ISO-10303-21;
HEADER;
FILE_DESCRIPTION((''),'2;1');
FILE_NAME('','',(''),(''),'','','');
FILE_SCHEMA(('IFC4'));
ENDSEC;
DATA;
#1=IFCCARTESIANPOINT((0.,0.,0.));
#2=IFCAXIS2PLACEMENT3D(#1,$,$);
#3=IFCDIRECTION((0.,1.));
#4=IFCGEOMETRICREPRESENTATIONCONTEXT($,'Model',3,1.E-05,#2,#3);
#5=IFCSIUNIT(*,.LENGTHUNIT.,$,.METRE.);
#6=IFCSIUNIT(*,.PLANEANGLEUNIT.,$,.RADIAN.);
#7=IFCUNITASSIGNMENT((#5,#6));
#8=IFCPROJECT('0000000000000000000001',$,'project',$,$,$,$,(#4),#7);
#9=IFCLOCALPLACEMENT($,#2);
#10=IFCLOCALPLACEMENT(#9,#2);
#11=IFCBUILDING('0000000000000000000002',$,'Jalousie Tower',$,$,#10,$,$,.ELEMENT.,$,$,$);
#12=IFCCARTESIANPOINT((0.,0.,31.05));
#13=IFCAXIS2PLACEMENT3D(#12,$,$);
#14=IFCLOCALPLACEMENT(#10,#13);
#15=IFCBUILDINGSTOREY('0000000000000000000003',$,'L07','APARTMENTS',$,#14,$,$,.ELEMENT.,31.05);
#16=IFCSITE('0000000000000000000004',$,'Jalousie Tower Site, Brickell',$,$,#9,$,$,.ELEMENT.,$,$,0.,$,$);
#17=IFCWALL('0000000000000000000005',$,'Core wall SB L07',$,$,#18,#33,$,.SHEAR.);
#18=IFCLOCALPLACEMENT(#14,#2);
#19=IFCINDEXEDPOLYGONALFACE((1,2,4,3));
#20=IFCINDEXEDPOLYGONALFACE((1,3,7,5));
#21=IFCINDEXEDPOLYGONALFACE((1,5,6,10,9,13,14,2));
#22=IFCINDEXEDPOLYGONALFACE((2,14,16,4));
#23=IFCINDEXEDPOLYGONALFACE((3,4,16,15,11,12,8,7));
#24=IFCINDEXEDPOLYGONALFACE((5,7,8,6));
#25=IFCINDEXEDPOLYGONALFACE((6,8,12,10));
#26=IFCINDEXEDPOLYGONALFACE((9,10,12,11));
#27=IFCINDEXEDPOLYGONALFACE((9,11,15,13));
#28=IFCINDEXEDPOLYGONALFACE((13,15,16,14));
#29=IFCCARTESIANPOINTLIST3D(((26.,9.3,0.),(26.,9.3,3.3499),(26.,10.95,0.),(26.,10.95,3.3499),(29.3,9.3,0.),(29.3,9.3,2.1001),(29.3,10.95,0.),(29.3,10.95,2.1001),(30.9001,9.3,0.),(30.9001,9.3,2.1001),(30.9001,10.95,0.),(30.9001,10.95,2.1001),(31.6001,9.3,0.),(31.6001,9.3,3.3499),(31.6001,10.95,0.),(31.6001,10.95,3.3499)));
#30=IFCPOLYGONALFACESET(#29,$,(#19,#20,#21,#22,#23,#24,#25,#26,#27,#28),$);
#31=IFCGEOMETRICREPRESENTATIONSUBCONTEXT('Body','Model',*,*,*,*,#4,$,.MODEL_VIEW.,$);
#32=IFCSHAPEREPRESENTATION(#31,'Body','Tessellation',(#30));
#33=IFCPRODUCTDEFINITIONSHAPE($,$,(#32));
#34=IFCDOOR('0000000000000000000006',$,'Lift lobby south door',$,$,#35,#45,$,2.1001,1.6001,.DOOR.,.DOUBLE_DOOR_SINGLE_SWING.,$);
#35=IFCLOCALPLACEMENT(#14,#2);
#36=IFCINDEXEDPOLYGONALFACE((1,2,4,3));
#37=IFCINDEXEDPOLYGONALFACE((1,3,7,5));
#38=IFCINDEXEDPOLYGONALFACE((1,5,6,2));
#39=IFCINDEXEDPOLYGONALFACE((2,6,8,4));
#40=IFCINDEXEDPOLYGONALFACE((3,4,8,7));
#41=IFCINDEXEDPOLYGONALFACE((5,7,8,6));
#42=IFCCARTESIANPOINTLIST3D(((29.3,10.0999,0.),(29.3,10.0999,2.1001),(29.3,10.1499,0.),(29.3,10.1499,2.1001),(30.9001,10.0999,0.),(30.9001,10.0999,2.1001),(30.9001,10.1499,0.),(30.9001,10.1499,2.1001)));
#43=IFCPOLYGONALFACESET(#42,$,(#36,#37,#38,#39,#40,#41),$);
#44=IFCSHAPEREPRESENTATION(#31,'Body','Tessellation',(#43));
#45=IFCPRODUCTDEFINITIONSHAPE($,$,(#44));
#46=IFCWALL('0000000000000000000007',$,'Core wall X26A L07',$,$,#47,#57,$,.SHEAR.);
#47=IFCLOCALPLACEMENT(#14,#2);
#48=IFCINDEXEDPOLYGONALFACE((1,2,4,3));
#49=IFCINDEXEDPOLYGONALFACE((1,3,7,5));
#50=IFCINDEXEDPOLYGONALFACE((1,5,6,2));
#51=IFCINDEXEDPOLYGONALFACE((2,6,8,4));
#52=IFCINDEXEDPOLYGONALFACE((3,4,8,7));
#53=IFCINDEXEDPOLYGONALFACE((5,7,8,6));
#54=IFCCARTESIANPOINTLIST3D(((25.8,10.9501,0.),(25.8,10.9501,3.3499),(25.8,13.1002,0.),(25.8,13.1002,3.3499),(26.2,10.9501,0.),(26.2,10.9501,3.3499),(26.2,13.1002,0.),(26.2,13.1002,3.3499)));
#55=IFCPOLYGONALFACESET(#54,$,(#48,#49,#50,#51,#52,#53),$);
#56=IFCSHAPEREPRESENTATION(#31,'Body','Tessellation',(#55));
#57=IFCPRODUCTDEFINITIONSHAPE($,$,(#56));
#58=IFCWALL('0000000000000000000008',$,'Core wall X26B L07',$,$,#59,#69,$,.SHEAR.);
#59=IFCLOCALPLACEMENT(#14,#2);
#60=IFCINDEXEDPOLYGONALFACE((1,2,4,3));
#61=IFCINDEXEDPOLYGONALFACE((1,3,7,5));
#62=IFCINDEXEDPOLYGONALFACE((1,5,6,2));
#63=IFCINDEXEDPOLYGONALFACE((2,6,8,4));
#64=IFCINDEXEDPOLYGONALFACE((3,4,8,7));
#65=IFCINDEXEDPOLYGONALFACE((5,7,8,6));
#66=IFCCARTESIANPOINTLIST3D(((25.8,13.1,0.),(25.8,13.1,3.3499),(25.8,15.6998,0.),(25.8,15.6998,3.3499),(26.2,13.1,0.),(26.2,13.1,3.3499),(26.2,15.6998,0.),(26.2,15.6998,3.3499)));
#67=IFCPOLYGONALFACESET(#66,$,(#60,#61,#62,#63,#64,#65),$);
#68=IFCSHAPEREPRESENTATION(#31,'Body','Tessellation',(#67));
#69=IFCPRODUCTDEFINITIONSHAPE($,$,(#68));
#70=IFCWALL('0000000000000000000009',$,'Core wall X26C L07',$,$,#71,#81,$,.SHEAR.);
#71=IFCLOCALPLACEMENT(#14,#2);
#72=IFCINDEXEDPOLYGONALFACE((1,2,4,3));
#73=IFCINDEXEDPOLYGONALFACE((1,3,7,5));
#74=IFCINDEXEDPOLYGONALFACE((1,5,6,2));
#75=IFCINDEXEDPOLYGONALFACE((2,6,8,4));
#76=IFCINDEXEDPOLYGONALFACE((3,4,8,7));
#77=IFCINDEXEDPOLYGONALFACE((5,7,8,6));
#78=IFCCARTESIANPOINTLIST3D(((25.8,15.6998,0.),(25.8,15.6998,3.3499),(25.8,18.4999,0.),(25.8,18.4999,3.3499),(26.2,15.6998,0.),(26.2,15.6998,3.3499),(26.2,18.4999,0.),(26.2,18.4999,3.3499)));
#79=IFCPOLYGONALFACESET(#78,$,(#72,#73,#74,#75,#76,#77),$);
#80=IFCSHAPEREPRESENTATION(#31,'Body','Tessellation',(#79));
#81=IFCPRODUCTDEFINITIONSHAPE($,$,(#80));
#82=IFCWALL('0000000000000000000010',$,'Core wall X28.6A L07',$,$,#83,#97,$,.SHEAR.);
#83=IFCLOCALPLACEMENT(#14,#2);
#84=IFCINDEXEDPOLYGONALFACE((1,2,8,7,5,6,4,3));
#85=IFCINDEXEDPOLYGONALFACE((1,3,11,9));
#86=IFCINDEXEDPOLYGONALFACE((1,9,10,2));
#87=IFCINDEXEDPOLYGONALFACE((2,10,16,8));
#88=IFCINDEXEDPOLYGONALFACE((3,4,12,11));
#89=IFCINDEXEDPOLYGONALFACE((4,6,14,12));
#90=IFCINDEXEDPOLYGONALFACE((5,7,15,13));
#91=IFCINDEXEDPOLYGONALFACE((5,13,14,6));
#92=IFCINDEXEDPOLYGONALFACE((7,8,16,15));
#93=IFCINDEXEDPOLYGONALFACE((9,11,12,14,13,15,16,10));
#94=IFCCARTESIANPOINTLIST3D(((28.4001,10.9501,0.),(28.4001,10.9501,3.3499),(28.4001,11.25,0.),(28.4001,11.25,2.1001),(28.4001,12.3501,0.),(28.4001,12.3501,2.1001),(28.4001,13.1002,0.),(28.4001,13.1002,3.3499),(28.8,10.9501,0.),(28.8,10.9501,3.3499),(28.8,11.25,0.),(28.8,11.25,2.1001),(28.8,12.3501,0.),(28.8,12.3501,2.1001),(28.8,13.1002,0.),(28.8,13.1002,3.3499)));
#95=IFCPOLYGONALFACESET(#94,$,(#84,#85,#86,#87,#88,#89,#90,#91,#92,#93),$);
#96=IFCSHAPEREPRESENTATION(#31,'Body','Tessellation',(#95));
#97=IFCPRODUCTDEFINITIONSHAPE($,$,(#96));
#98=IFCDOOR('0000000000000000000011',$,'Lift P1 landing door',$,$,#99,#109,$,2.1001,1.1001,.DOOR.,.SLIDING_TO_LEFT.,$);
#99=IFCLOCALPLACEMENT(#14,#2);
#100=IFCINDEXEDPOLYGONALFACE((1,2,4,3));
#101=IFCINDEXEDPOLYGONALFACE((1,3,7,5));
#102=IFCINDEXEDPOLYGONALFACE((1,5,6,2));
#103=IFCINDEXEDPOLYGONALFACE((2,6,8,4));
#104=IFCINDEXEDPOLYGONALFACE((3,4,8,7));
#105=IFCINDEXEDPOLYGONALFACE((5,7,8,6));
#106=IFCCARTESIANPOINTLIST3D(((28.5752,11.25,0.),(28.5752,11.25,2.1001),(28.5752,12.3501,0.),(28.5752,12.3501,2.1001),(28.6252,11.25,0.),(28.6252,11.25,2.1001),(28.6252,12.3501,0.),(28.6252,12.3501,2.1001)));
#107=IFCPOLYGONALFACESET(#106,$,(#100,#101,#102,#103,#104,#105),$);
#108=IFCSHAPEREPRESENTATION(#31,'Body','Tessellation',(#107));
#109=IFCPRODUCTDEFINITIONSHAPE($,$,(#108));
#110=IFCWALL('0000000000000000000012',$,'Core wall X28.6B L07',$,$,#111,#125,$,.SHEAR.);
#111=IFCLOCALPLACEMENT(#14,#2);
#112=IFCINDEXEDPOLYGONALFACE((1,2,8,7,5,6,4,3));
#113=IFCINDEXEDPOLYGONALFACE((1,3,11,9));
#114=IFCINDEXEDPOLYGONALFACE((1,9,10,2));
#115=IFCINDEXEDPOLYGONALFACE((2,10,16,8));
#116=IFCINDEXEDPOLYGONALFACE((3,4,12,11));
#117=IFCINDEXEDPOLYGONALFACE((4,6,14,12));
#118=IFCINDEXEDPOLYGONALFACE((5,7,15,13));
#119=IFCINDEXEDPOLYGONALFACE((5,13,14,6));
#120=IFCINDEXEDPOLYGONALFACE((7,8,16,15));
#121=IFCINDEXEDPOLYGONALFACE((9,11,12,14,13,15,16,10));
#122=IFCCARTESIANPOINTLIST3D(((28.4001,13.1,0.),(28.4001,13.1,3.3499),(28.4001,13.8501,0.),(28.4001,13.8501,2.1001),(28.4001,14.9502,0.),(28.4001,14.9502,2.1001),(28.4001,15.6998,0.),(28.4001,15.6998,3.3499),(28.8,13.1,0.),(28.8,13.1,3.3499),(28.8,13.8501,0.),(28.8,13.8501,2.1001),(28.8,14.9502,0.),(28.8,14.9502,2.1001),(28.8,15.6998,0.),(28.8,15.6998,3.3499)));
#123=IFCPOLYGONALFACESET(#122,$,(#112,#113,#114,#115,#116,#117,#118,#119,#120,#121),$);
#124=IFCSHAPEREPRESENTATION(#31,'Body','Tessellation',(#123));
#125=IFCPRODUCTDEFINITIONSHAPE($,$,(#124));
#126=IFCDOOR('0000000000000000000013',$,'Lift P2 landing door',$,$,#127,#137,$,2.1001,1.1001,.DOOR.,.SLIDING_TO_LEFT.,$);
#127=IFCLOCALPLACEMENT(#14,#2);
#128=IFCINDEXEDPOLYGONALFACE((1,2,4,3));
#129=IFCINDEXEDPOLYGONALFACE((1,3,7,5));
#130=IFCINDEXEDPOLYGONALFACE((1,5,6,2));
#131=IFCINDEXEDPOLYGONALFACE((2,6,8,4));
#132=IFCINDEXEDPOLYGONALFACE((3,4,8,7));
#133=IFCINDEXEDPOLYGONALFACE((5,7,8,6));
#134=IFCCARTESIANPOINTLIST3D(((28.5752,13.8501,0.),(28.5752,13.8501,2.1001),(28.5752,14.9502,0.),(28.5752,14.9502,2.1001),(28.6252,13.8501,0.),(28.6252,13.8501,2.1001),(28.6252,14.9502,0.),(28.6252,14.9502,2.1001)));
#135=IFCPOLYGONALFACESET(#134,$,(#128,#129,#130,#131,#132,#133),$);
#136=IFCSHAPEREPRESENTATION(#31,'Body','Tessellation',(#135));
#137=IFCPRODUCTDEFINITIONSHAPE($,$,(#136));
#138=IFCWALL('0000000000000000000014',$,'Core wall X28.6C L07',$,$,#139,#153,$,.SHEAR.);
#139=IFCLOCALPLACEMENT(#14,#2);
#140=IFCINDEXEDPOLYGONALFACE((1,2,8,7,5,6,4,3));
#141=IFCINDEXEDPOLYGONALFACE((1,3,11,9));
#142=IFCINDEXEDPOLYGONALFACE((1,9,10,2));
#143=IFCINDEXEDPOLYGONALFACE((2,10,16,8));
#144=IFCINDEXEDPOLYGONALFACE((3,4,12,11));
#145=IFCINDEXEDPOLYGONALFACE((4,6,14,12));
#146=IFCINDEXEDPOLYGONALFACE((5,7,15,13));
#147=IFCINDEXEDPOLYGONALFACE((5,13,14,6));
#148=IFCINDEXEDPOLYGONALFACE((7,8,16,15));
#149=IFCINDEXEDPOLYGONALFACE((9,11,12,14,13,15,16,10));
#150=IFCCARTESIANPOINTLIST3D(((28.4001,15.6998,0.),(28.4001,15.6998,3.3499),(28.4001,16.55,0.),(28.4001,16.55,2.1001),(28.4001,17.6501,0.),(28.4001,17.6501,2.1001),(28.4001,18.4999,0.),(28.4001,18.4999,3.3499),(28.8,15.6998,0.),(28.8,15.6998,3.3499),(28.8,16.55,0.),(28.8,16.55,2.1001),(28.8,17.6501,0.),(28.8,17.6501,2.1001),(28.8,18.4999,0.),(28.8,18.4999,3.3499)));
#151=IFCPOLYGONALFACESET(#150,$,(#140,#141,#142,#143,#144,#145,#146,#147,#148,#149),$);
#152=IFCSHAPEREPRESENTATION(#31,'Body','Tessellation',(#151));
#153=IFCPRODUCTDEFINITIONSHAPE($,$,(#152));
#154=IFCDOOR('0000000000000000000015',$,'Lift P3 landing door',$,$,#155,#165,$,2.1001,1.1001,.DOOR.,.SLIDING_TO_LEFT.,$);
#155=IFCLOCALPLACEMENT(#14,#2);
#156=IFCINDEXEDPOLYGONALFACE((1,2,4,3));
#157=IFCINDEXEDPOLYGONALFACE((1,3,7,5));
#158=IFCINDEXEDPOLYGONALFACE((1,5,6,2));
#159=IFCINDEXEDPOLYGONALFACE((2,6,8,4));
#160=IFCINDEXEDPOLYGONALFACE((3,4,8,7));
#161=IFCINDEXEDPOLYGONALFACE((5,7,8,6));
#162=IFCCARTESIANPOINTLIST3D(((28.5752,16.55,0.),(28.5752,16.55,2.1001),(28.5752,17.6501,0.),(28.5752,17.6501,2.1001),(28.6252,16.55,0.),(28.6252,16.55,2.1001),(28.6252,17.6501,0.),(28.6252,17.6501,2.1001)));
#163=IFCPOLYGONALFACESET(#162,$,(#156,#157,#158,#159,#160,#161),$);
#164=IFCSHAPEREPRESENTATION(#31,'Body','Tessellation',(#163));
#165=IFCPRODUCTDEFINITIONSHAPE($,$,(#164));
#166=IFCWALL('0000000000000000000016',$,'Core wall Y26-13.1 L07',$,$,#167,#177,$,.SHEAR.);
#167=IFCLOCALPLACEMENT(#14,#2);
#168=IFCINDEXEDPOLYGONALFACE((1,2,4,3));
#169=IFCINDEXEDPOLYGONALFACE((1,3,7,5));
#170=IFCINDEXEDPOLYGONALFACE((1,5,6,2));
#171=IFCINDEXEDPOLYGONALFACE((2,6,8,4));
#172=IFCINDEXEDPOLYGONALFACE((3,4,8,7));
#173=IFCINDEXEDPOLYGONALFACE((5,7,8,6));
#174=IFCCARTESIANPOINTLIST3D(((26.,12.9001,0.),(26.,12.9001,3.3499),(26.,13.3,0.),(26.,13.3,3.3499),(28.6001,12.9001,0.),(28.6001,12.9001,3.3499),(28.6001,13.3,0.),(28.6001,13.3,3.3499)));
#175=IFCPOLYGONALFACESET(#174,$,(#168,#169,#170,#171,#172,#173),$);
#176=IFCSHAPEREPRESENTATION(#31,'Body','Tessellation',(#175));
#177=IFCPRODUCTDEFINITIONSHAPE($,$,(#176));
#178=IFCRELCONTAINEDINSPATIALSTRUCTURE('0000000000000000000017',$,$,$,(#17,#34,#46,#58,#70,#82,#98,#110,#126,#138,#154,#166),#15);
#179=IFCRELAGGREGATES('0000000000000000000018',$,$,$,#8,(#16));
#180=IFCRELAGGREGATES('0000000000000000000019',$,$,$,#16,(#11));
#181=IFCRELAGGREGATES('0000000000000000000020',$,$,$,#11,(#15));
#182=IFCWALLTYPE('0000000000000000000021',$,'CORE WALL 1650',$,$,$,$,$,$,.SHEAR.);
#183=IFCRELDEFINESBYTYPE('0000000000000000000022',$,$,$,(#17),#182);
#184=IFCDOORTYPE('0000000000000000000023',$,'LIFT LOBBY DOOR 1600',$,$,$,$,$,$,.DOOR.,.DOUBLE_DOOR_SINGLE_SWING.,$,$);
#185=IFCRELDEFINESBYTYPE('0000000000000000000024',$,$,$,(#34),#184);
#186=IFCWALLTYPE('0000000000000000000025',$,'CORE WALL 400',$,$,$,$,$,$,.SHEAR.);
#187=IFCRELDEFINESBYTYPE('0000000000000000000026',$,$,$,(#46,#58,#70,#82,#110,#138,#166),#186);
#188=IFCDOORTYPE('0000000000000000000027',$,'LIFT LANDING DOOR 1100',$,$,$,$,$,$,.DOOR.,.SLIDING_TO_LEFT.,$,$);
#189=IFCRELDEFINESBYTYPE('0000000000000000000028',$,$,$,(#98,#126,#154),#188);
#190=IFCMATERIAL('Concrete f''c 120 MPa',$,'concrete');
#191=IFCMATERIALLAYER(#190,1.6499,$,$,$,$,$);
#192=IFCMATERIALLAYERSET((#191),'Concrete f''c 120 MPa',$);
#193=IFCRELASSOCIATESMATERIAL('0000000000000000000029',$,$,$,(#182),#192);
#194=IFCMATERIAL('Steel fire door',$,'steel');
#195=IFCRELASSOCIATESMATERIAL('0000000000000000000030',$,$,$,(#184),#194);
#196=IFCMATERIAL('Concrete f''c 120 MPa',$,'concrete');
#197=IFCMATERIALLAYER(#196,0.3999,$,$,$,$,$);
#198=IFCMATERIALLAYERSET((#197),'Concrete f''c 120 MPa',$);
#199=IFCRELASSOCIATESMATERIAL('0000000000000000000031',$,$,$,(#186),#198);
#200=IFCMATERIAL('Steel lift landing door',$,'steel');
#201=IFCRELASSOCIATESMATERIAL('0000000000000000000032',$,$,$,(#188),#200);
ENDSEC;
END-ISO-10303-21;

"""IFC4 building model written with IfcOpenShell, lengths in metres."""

from ifc_helpers import new_model, si_unit, direction, frame, frame_2d, origin, place, context, subcontext, project, spatial, rectangle, extrude, material, layer, layer_set, type_object, element, fill, save


model = new_model("IFC4")

# Units and contexts
model_context = context("Model", 3, precision=1e-05, world=origin(), true_north=direction((0.0, 1.0)))
body_context = subcontext(model_context, "Body", "Model", "MODEL_VIEW")
ifc_project = project(units=[si_unit("LENGTHUNIT", "METRE"), si_unit("PLANEANGLEUNIT", "RADIAN")], contexts=[model_context])

# Site, building, storey
site_placement = place(None, origin())
site = spatial("IfcSite", under=ifc_project, at=site_placement, Name="Jalousie Tower Site, Brickell", CompositionType="ELEMENT", RefElevation=0.0)
building_placement = place(site_placement, origin())
building = spatial("IfcBuilding", under=site, at=building_placement, Name="Jalousie Tower", CompositionType="ELEMENT")
storey_placement = place(building_placement, frame((0.0, 0.0, 31.05)))
storey = spatial("IfcBuildingStorey", under=building, at=storey_placement, Name="L07", Description="APARTMENTS", CompositionType="ELEMENT", Elevation=31.05)

# Wall, opening, door
ifc_material_1 = material(Name="Concrete f'c 120 MPa", Category="concrete")
ifc_layer_1 = layer(ifc_material_1, 1.6499)
ifc_layer_set_1 = layer_set([ifc_layer_1], Name="Concrete f'c 120 MPa")
wall_type_1 = type_object("IfcWallType", Name="CORE WALL 1650", PredefinedType="SHEAR", material=ifc_layer_set_1)
wall_1_placement = place(storey_placement, frame((26.0, 10.125, 0.0), z_axis=(0.0, 0.0, 1.0), x_axis=(1.0, 0.0, 0.0)))
wall_1 = element("IfcWall", 1, at=wall_1_placement, inside=storey, type_object=wall_type_1, Name="Core wall SB L07", PredefinedType="SHEAR", context=body_context, shape_type="SweptSolid", body=[
    extrude(rectangle(XDim=5.6001, YDim=1.6499, at=frame_2d((2.8, 0.0))), origin(), (0.0, 0.0, 1.0), 3.3499),
])
opening_1_placement = place(wall_1_placement, frame((3.3, 0.0, 0.0)))
opening_1 = element("IfcOpeningElement", 2, at=opening_1_placement, cuts=wall_1, PredefinedType="OPENING", context=body_context, shape_type="SweptSolid", body=[
    extrude(rectangle(XDim=1.6001, YDim=2.1001, at=frame_2d((0.8, 1.05))), frame((0.0, 0.835, 0.0), z_axis=(0.0, -1.0, 0.0), x_axis=(1.0, 0.0, 0.0)), (0.0, 0.0, 1.0), 1.6699),
])
ifc_material_2 = material(Name="Steel fire door", Category="steel")
door_type_1 = type_object("IfcDoorType", Name="LIFT LOBBY DOOR 1600", OperationType="DOUBLE_DOOR_SINGLE_SWING", PredefinedType="DOOR", material=ifc_material_2)
door_1_placement = place(opening_1_placement, origin())
door_1 = element("IfcDoor", 3, at=door_1_placement, inside=storey, type_object=door_type_1, Name="Lift lobby south door", OperationType="DOUBLE_DOOR_SINGLE_SWING", OverallHeight=2.1001, OverallWidth=1.6001, PredefinedType="DOOR", context=body_context, shape_type="SweptSolid", body=[
    extrude(rectangle(XDim=1.6001, YDim=2.1001, at=frame_2d((0.8, 1.05))), frame((0.0, 0.0249, 0.0), z_axis=(0.0, -1.0, 0.0), x_axis=(1.0, 0.0, 0.0)), (0.0, 0.0, 1.0), 0.05),
])
fill(opening_1, door_1)

# Walls
ifc_material_3 = material(Name="Concrete f'c 120 MPa", Category="concrete")
ifc_layer_2 = layer(ifc_material_3, 0.3999)
ifc_layer_set_2 = layer_set([ifc_layer_2], Name="Concrete f'c 120 MPa")
wall_type_2 = type_object("IfcWallType", Name="CORE WALL 400", PredefinedType="SHEAR", material=ifc_layer_set_2)
wall_2_placement = place(storey_placement, frame((26.0, 10.95, 0.0), z_axis=(0.0, 0.0, 1.0), x_axis=(0.0, 1.0, 0.0)))
element("IfcWall", 4, at=wall_2_placement, inside=storey, type_object=wall_type_2, Name="Core wall X26A L07", PredefinedType="SHEAR", context=body_context, shape_type="SweptSolid", body=[
    extrude(rectangle(XDim=2.1501, YDim=0.3999, at=frame_2d((1.0752, 0.0))), origin(), (0.0, 0.0, 1.0), 3.3499),
])
wall_3_placement = place(storey_placement, frame((26.0, 13.1001, 0.0), z_axis=(0.0, 0.0, 1.0), x_axis=(0.0, 1.0, 0.0)))
element("IfcWall", 5, at=wall_3_placement, inside=storey, type_object=wall_type_2, Name="Core wall X26B L07", PredefinedType="SHEAR", context=body_context, shape_type="SweptSolid", body=[
    extrude(rectangle(XDim=2.5999, YDim=0.3999, at=frame_2d((1.2998, 0.0))), origin(), (0.0, 0.0, 1.0), 3.3499),
])
wall_4_placement = place(storey_placement, frame((26.0, 15.7, 0.0), z_axis=(0.0, 0.0, 1.0), x_axis=(0.0, 1.0, 0.0)))
element("IfcWall", 6, at=wall_4_placement, inside=storey, type_object=wall_type_2, Name="Core wall X26C L07", PredefinedType="SHEAR", context=body_context, shape_type="SweptSolid", body=[
    extrude(rectangle(XDim=2.8, YDim=0.3999, at=frame_2d((1.3999, 0.0))), origin(), (0.0, 0.0, 1.0), 3.3499),
])

# Walls, openings, doors
wall_5_placement = place(storey_placement, frame((28.6001, 10.95, 0.0), z_axis=(0.0, 0.0, 1.0), x_axis=(0.0, 1.0, 0.0)))
wall_5 = element("IfcWall", 7, at=wall_5_placement, inside=storey, type_object=wall_type_2, Name="Core wall X28.6A L07", PredefinedType="SHEAR", context=body_context, shape_type="SweptSolid", body=[
    extrude(rectangle(XDim=2.1501, YDim=0.3999, at=frame_2d((1.0752, 0.0))), origin(), (0.0, 0.0, 1.0), 3.3499),
])
opening_2_placement = place(wall_5_placement, frame((0.3, 0.0, 0.0)))
opening_2 = element("IfcOpeningElement", 8, at=opening_2_placement, cuts=wall_5, PredefinedType="OPENING", context=body_context, shape_type="SweptSolid", body=[
    extrude(rectangle(XDim=1.1001, YDim=2.1001, at=frame_2d((0.55, 1.05))), frame((0.0, 0.21, 0.0), z_axis=(0.0, -1.0, 0.0), x_axis=(1.0, 0.0, 0.0)), (0.0, 0.0, 1.0), 0.4199),
])
ifc_material_4 = material(Name="Steel lift landing door", Category="steel")
door_type_2 = type_object("IfcDoorType", Name="LIFT LANDING DOOR 1100", OperationType="SLIDING_TO_LEFT", PredefinedType="DOOR", material=ifc_material_4)
door_2_placement = place(opening_2_placement, origin())
door_2 = element("IfcDoor", 9, at=door_2_placement, inside=storey, type_object=door_type_2, Name="Lift P1 landing door", OperationType="SLIDING_TO_LEFT", OverallHeight=2.1001, OverallWidth=1.1001, PredefinedType="DOOR", context=body_context, shape_type="SweptSolid", body=[
    extrude(rectangle(XDim=1.1001, YDim=2.1001, at=frame_2d((0.55, 1.05))), frame((0.0, 0.0249, 0.0), z_axis=(0.0, -1.0, 0.0), x_axis=(1.0, 0.0, 0.0)), (0.0, 0.0, 1.0), 0.05),
])
fill(opening_2, door_2)
wall_6_placement = place(storey_placement, frame((28.6001, 13.1001, 0.0), z_axis=(0.0, 0.0, 1.0), x_axis=(0.0, 1.0, 0.0)))
wall_6 = element("IfcWall", 10, at=wall_6_placement, inside=storey, type_object=wall_type_2, Name="Core wall X28.6B L07", PredefinedType="SHEAR", context=body_context, shape_type="SweptSolid", body=[
    extrude(rectangle(XDim=2.5999, YDim=0.3999, at=frame_2d((1.2998, 0.0))), origin(), (0.0, 0.0, 1.0), 3.3499),
])
opening_3_placement = place(wall_6_placement, frame((0.75, 0.0, 0.0)))
opening_3 = element("IfcOpeningElement", 11, at=opening_3_placement, cuts=wall_6, PredefinedType="OPENING", context=body_context, shape_type="SweptSolid", body=[
    extrude(rectangle(XDim=1.1001, YDim=2.1001, at=frame_2d((0.55, 1.05))), frame((0.0, 0.21, 0.0), z_axis=(0.0, -1.0, 0.0), x_axis=(1.0, 0.0, 0.0)), (0.0, 0.0, 1.0), 0.4199),
])
door_3_placement = place(opening_3_placement, origin())
door_3 = element("IfcDoor", 12, at=door_3_placement, inside=storey, type_object=door_type_2, Name="Lift P2 landing door", OperationType="SLIDING_TO_LEFT", OverallHeight=2.1001, OverallWidth=1.1001, PredefinedType="DOOR", context=body_context, shape_type="SweptSolid", body=[
    extrude(rectangle(XDim=1.1001, YDim=2.1001, at=frame_2d((0.55, 1.05))), frame((0.0, 0.0249, 0.0), z_axis=(0.0, -1.0, 0.0), x_axis=(1.0, 0.0, 0.0)), (0.0, 0.0, 1.0), 0.05),
])
fill(opening_3, door_3)
wall_7_placement = place(storey_placement, frame((28.6001, 15.7, 0.0), z_axis=(0.0, 0.0, 1.0), x_axis=(0.0, 1.0, 0.0)))
wall_7 = element("IfcWall", 13, at=wall_7_placement, inside=storey, type_object=wall_type_2, Name="Core wall X28.6C L07", PredefinedType="SHEAR", context=body_context, shape_type="SweptSolid", body=[
    extrude(rectangle(XDim=2.8, YDim=0.3999, at=frame_2d((1.3999, 0.0))), origin(), (0.0, 0.0, 1.0), 3.3499),
])
opening_4_placement = place(wall_7_placement, frame((0.8501, 0.0, 0.0)))
opening_4 = element("IfcOpeningElement", 14, at=opening_4_placement, cuts=wall_7, PredefinedType="OPENING", context=body_context, shape_type="SweptSolid", body=[
    extrude(rectangle(XDim=1.1001, YDim=2.1001, at=frame_2d((0.55, 1.05))), frame((0.0, 0.21, 0.0), z_axis=(0.0, -1.0, 0.0), x_axis=(1.0, 0.0, 0.0)), (0.0, 0.0, 1.0), 0.4199),
])
door_4_placement = place(opening_4_placement, origin())
door_4 = element("IfcDoor", 15, at=door_4_placement, inside=storey, type_object=door_type_2, Name="Lift P3 landing door", OperationType="SLIDING_TO_LEFT", OverallHeight=2.1001, OverallWidth=1.1001, PredefinedType="DOOR", context=body_context, shape_type="SweptSolid", body=[
    extrude(rectangle(XDim=1.1001, YDim=2.1001, at=frame_2d((0.55, 1.05))), frame((0.0, 0.0249, 0.0), z_axis=(0.0, -1.0, 0.0), x_axis=(1.0, 0.0, 0.0)), (0.0, 0.0, 1.0), 0.05),
])
fill(opening_4, door_4)

# Wall
for number, where, z_axis, x_axis, name in (
    (16, (26.0, 13.1001, 0.0), (0.0, 0.0, 1.0), (1.0, 0.0, 0.0), "Core wall Y26-13.1 L07"),
):
    element("IfcWall", number, at=place(storey_placement, frame(where, z_axis=z_axis, x_axis=x_axis)), inside=storey, type_object=wall_type_2, Name=name, PredefinedType="SHEAR", context=body_context, shape_type="SweptSolid", body=[
        extrude(rectangle(XDim=2.6001, YDim=0.3999, at=frame_2d((1.3, 0.0))), origin(), (0.0, 0.0, 1.0), 3.3499),
    ])

save(model, "model.ifc")
